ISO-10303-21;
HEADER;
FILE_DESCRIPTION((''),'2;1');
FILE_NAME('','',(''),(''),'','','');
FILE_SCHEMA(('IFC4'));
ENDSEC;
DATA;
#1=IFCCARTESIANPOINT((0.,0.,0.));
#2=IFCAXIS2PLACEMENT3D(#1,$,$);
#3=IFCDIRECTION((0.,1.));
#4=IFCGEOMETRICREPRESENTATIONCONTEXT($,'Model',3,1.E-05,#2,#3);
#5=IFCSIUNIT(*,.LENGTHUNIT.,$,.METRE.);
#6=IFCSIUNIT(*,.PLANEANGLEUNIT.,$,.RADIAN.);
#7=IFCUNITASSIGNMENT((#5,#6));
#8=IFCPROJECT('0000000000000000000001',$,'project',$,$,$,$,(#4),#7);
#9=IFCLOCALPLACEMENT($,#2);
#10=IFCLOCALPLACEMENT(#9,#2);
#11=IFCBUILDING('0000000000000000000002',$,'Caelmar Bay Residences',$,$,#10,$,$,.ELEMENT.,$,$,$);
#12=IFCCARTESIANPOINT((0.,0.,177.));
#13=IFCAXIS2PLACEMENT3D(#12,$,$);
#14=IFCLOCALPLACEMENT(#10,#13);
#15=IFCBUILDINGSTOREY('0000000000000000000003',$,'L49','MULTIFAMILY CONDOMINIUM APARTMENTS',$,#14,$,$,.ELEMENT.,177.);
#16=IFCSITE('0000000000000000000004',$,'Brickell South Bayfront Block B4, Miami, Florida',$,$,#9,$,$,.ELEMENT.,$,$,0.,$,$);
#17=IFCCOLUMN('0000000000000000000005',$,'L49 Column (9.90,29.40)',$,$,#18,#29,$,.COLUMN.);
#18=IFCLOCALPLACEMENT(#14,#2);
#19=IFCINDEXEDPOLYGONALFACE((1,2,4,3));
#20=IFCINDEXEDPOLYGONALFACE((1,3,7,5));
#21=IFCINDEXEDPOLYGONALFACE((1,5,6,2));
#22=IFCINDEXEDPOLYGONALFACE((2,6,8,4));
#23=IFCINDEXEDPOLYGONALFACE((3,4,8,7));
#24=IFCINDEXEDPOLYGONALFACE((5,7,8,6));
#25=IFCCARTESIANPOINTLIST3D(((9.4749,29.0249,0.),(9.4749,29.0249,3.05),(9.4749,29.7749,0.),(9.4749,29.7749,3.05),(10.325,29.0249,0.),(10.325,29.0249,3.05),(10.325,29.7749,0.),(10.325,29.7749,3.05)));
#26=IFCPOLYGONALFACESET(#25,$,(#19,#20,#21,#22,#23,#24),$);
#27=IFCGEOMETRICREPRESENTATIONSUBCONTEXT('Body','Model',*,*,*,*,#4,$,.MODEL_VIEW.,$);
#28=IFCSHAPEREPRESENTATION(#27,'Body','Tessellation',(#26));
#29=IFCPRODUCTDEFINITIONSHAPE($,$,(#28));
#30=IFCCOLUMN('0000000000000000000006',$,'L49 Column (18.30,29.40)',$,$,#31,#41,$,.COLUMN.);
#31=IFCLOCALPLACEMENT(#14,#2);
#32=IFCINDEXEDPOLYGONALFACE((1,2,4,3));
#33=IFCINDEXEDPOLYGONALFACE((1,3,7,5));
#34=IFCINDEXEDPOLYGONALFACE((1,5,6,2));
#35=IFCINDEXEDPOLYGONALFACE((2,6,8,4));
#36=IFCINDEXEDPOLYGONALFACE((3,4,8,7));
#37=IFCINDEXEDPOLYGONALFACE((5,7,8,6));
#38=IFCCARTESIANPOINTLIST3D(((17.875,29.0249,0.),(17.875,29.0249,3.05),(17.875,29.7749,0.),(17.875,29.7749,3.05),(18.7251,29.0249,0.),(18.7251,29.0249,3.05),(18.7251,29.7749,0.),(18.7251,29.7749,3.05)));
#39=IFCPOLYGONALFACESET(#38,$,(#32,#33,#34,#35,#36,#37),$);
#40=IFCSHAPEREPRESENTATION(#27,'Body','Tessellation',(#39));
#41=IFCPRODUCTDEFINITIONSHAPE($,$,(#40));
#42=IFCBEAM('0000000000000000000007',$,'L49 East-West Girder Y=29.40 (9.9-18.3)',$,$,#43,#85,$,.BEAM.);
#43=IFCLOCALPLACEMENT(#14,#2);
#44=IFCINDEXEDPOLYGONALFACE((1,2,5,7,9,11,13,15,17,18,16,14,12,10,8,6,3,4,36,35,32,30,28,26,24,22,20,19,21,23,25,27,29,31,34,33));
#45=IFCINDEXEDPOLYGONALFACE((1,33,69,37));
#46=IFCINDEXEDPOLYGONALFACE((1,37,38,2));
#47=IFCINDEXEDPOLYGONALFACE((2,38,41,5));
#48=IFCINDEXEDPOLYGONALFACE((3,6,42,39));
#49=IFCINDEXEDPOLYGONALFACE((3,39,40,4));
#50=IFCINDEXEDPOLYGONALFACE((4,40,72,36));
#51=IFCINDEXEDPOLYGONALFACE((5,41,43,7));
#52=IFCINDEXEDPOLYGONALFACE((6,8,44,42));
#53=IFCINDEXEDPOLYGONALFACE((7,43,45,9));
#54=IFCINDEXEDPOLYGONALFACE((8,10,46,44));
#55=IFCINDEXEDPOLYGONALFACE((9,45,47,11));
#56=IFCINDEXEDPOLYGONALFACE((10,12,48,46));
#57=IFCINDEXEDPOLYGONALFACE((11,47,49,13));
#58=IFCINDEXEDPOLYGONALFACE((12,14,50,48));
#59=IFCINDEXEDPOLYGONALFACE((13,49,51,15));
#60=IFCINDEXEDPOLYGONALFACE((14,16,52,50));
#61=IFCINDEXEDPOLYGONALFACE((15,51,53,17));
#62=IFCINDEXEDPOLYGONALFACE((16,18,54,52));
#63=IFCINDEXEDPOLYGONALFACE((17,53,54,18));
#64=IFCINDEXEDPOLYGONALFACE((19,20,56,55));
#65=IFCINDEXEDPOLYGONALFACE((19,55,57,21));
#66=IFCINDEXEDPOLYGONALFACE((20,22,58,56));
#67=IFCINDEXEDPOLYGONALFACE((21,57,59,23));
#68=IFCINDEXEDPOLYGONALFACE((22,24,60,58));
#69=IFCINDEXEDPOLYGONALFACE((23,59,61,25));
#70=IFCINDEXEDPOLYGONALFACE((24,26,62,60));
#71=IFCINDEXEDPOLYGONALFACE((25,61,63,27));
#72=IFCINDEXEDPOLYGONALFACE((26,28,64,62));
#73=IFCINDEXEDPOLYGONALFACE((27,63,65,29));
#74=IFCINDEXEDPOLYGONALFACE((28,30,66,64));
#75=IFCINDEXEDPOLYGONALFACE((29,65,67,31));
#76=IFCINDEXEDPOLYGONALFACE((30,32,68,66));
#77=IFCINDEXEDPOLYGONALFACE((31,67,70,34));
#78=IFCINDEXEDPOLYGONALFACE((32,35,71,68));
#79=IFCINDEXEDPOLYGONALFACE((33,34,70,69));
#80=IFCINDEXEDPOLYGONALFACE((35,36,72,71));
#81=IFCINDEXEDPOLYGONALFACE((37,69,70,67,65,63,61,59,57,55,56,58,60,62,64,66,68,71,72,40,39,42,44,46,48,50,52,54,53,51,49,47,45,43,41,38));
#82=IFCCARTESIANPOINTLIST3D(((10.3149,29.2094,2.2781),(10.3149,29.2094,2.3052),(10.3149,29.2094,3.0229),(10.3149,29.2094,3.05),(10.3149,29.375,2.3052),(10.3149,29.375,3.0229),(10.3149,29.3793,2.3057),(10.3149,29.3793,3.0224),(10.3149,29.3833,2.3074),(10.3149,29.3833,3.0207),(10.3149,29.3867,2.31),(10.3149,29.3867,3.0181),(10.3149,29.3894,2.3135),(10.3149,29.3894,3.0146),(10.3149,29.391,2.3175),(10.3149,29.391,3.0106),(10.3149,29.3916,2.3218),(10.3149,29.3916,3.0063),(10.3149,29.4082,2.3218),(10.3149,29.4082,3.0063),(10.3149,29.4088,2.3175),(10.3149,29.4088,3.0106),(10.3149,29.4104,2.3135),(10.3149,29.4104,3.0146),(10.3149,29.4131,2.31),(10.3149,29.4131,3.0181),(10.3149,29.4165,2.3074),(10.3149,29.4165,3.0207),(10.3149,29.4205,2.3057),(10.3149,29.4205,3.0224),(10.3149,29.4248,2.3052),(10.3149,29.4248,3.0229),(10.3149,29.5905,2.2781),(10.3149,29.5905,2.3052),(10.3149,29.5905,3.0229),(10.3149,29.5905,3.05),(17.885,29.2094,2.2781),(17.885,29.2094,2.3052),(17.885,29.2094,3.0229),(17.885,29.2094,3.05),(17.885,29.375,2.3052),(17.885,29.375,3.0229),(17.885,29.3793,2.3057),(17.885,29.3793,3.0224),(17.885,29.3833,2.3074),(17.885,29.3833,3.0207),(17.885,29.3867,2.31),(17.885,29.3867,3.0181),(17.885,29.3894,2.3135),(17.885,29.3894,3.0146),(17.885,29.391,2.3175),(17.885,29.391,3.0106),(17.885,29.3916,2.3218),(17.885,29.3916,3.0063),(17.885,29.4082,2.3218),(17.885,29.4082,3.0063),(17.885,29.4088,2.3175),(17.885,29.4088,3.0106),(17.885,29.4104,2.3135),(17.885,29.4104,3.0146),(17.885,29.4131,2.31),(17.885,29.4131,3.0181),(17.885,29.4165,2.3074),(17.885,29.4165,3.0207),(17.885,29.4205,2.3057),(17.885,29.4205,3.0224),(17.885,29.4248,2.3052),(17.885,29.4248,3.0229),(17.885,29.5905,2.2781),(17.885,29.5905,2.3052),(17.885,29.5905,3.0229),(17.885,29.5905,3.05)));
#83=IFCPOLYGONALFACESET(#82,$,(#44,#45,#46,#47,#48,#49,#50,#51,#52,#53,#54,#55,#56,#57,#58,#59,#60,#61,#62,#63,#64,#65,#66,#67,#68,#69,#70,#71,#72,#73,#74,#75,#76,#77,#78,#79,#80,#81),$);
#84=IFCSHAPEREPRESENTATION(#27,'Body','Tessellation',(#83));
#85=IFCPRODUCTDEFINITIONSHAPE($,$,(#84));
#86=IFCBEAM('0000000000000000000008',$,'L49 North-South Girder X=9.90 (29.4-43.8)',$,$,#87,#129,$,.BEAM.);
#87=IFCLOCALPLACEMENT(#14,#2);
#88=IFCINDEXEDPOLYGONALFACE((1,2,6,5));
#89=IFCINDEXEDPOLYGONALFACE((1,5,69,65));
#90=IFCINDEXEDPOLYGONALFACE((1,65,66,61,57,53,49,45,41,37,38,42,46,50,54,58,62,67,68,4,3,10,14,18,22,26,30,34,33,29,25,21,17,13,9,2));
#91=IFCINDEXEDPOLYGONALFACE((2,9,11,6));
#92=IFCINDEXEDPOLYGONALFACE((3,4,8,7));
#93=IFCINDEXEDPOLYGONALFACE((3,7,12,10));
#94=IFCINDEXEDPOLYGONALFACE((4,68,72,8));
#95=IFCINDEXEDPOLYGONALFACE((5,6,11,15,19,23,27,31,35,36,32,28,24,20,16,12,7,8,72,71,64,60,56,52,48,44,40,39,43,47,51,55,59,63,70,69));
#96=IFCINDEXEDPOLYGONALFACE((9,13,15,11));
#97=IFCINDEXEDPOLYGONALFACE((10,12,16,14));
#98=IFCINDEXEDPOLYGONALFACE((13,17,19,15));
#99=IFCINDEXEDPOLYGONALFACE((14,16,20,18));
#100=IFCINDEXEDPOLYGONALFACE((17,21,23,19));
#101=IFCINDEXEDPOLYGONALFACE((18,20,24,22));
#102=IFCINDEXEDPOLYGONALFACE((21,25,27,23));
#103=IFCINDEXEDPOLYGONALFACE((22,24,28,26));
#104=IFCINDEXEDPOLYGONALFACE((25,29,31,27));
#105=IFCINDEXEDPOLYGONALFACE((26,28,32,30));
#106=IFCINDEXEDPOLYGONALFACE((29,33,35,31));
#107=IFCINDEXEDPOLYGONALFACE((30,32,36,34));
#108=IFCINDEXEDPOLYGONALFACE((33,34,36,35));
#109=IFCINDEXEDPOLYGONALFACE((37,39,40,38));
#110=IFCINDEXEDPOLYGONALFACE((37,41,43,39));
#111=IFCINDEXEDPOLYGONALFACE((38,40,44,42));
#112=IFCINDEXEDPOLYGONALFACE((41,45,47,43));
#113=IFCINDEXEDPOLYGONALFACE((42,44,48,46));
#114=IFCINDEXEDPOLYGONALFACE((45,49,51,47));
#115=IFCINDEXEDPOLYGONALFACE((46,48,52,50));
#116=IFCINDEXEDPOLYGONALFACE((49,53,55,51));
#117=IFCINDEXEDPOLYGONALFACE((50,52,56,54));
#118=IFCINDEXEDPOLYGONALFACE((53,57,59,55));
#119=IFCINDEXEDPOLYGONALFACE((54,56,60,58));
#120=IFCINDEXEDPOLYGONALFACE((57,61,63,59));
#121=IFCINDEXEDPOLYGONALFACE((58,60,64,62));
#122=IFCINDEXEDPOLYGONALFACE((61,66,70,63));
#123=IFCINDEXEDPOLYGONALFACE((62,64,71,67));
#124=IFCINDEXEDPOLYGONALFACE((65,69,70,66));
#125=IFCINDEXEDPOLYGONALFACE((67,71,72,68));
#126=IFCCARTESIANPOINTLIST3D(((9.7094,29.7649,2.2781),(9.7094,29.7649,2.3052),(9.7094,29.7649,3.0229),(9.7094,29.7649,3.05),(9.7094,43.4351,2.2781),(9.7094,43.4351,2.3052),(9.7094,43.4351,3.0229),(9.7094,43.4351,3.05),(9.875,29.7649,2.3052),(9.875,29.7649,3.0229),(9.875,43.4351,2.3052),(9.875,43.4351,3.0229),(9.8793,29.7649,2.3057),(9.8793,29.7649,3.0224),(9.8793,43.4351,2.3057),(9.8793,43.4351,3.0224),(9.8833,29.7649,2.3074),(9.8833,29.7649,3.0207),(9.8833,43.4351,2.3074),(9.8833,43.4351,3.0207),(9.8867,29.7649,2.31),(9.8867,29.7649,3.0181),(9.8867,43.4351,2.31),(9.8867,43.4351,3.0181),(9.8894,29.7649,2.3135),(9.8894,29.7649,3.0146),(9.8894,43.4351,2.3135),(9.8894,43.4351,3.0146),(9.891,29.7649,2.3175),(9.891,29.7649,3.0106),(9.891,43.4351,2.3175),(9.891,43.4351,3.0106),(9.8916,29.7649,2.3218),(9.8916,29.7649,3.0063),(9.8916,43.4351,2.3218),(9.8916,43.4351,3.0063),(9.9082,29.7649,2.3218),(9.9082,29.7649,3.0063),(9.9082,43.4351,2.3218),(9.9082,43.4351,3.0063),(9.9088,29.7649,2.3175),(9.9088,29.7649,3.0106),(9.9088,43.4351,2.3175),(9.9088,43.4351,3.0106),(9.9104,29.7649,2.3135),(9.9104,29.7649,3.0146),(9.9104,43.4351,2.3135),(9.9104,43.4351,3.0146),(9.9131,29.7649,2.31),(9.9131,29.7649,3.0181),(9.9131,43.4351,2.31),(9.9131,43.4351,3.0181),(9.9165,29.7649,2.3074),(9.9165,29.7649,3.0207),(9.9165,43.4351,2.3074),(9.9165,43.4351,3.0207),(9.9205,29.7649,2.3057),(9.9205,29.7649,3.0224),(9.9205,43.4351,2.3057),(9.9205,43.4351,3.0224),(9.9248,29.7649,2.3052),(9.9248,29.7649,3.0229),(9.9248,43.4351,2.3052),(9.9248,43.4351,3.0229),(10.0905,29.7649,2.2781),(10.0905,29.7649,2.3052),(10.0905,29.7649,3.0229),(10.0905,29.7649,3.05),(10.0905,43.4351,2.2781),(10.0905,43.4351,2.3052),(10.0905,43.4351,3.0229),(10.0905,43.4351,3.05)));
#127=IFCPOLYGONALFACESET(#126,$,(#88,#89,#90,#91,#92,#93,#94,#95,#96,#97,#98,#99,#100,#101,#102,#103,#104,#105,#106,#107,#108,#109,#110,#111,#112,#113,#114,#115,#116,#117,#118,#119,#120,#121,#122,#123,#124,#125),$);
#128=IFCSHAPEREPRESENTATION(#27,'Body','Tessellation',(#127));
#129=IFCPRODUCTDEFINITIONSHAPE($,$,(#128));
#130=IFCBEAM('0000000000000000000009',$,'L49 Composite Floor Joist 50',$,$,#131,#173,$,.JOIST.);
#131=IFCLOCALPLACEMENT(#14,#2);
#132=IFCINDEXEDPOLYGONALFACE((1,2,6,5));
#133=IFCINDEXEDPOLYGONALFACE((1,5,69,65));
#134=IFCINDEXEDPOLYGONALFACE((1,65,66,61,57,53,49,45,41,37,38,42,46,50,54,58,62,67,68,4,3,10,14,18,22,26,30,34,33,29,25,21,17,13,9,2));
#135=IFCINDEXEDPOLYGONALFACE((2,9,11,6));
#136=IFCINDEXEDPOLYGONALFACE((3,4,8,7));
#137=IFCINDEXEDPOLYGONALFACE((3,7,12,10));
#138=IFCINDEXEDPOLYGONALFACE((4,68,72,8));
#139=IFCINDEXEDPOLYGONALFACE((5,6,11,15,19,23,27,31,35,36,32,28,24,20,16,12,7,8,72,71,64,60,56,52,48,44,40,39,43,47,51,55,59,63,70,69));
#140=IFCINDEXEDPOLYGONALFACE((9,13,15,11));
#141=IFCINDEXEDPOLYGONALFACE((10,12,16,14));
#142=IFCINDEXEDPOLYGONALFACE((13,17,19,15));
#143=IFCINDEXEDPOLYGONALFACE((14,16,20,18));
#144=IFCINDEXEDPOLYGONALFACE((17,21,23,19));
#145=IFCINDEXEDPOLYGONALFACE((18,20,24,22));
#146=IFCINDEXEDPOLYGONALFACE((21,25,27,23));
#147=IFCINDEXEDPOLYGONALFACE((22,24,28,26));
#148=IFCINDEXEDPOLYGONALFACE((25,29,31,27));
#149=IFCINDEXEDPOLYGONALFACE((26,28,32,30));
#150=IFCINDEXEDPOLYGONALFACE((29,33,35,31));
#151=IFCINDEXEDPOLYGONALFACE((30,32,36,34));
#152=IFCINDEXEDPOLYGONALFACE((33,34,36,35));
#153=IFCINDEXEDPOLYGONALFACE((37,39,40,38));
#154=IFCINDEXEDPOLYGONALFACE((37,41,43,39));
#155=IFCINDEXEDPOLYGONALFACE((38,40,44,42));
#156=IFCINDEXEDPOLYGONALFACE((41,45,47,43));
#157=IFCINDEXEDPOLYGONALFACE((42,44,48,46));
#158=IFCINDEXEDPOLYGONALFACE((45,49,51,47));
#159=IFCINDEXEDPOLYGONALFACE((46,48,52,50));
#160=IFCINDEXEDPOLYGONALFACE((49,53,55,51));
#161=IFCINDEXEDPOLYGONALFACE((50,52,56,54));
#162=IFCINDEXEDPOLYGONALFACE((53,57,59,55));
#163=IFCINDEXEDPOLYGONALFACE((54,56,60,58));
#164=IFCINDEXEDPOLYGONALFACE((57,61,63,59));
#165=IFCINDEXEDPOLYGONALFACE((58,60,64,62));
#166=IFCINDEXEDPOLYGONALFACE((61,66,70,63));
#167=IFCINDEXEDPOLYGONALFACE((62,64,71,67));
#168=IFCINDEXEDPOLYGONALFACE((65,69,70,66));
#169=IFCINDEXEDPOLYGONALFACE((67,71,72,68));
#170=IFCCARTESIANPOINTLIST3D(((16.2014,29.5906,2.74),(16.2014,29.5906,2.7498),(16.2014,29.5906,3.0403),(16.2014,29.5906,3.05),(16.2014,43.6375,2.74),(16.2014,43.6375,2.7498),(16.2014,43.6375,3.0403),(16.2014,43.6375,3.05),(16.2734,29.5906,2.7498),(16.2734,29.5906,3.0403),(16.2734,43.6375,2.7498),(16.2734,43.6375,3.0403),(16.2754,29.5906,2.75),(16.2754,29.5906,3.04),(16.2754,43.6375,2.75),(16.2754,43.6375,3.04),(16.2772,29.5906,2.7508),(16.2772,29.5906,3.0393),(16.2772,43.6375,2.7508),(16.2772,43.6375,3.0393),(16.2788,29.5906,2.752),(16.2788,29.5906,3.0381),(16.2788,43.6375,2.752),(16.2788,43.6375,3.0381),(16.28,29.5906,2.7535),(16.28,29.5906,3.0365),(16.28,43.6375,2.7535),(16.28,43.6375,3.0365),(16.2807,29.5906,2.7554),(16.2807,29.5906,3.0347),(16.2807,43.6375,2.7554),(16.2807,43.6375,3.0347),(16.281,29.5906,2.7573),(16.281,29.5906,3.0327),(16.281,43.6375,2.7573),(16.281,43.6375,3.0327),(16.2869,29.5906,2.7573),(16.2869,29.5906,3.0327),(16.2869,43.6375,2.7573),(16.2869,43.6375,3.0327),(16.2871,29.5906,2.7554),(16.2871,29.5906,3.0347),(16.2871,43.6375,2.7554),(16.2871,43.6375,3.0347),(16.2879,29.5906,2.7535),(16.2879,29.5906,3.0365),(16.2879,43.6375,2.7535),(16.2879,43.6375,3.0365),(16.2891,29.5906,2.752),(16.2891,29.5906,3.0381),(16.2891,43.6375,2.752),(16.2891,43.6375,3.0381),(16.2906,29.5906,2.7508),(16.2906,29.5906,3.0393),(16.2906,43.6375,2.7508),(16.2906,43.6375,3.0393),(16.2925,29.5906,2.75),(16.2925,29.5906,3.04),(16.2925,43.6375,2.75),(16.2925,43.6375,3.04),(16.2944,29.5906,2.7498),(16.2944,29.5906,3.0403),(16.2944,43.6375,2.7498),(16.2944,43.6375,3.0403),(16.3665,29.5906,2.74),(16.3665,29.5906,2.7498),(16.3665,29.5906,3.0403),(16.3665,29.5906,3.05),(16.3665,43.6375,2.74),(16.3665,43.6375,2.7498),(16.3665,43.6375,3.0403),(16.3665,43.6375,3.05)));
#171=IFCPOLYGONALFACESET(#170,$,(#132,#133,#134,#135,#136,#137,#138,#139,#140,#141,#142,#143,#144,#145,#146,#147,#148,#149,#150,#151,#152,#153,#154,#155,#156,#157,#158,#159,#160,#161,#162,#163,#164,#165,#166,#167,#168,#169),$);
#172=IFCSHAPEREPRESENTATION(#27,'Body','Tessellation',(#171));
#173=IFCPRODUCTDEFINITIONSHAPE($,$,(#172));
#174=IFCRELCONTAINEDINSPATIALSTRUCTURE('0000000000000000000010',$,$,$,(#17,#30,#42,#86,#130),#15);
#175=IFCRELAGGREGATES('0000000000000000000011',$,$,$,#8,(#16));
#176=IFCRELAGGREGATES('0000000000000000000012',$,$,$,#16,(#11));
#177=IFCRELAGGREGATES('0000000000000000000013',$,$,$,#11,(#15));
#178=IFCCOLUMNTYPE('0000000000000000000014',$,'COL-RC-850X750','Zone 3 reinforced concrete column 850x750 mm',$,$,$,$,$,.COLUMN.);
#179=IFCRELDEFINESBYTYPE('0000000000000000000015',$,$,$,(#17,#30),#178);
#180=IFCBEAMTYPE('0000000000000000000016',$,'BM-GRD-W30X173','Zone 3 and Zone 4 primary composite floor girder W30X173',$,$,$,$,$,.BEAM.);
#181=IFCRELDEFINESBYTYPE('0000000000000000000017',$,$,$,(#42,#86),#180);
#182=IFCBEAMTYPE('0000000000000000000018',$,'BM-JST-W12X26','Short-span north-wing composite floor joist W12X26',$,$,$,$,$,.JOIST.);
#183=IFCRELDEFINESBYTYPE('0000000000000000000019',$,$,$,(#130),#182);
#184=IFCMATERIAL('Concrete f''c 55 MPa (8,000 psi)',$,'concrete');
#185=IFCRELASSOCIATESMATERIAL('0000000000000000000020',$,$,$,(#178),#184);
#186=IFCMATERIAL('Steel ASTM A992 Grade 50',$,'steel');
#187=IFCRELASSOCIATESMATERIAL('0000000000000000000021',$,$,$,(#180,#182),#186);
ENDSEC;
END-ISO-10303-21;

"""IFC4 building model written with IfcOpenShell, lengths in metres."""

from ifc_helpers import new_model, si_unit, direction, frame, origin, origin_2d, place, context, subcontext, project, spatial, rectangle, i_section, extrude, material, material_profile, profile_set, type_object, element, save


model = new_model("IFC4")

# Units and contexts
model_context = context("Model", 3, precision=1e-05, world=origin(), true_north=direction((0.0, 1.0)))
body_context = subcontext(model_context, "Body", "Model", "MODEL_VIEW")
ifc_project = project(units=[si_unit("LENGTHUNIT", "METRE"), si_unit("PLANEANGLEUNIT", "RADIAN")], contexts=[model_context])

# Site, building, storey
site_placement = place(None, origin())
site = spatial("IfcSite", under=ifc_project, at=site_placement, Name="Brickell South Bayfront Block B4, Miami, Florida", CompositionType="ELEMENT", RefElevation=0.0)
building_placement = place(site_placement, origin())
building = spatial("IfcBuilding", under=site, at=building_placement, Name="Caelmar Bay Residences", CompositionType="ELEMENT")
storey_placement = place(building_placement, frame((0.0, 0.0, 177.0)))
storey = spatial("IfcBuildingStorey", under=building, at=storey_placement, Name="L49", Description="MULTIFAMILY CONDOMINIUM APARTMENTS", CompositionType="ELEMENT", Elevation=177.0)

# Columns
ifc_material_1 = material(Name="Concrete f'c 55 MPa (8,000 psi)", Category="concrete")
ifc_material_profile_1 = material_profile(ifc_material_1, rectangle(XDim=0.8501, YDim=0.75, at=origin_2d()), Name="RC-COL-850X750")
ifc_profile_set_1 = profile_set([ifc_material_profile_1], Name="Concrete f'c 55 MPa (8,000 psi)")
column_type = type_object("IfcColumnType", Name="COL-RC-850X750", Description="Zone 3 reinforced concrete column 850x750 mm", PredefinedType="COLUMN", material=ifc_profile_set_1)
for number, where, z_axis, x_axis, name in (
    (1, (9.8999, 29.3999, 0.0), (0.0, 0.0, 1.0), (1.0, 0.0, 0.0), "L49 Column (9.90,29.40)"),
    (2, (18.3, 29.3999, 0.0), (0.0, 0.0, 1.0), (1.0, 0.0, 0.0), "L49 Column (18.30,29.40)"),
):
    element("IfcColumn", number, at=place(storey_placement, frame(where, z_axis=z_axis, x_axis=x_axis)), inside=storey, type_object=column_type, Name=name, PredefinedType="COLUMN", context=body_context, shape_type="SweptSolid", body=[
        extrude(rectangle(XDim=0.8501, YDim=0.75, at=origin_2d()), origin(), (0.0, 0.0, 1.0), 3.05),
    ])

# Beams
ifc_material_2 = material(Name="Steel ASTM A992 Grade 50", Category="steel")
ifc_material_profile_2 = material_profile(ifc_material_2, i_section(OverallWidth=0.3811, OverallDepth=0.772, WebThickness=0.0166, FlangeThickness=0.0271, FilletRadius=0.0166, at=origin_2d()), Name="W30X173")
ifc_profile_set_2 = profile_set([ifc_material_profile_2], Name="Steel ASTM A992 Grade 50")
beam_type_1 = type_object("IfcBeamType", Name="BM-GRD-W30X173", Description="Zone 3 and Zone 4 primary composite floor girder W30X173", PredefinedType="BEAM", material=ifc_profile_set_2)
beam_1_placement = place(storey_placement, frame((10.3149, 29.3999, 2.6641), z_axis=(1.0, 0.0, 0.0), x_axis=(0.0, 1.0, 0.0)))
element("IfcBeam", 3, at=beam_1_placement, inside=storey, type_object=beam_type_1, Name="L49 East-West Girder Y=29.40 (9.9-18.3)", PredefinedType="BEAM", context=body_context, shape_type="SweptSolid", body=[
    extrude(i_section(OverallWidth=0.3811, OverallDepth=0.772, WebThickness=0.0166, FlangeThickness=0.0271, FilletRadius=0.0166, at=origin_2d()), origin(), (0.0, 0.0, 1.0), 7.5701),
])
beam_2_placement = place(storey_placement, frame((9.8999, 29.7649, 2.6641), z_axis=(0.0, 1.0, 0.0), x_axis=(-1.0, 0.0, 0.0)))
element("IfcBeam", 4, at=beam_2_placement, inside=storey, type_object=beam_type_1, Name="L49 North-South Girder X=9.90 (29.4-43.8)", PredefinedType="BEAM", context=body_context, shape_type="SweptSolid", body=[
    extrude(i_section(OverallWidth=0.3811, OverallDepth=0.772, WebThickness=0.0166, FlangeThickness=0.0271, FilletRadius=0.0166, at=origin_2d()), origin(), (0.0, 0.0, 1.0), 13.6702),
])
ifc_material_profile_3 = material_profile(ifc_material_2, i_section(OverallWidth=0.165, OverallDepth=0.3101, WebThickness=0.0059, FlangeThickness=0.0098, FilletRadius=0.0076, at=origin_2d()), Name="W12X26")
ifc_profile_set_3 = profile_set([ifc_material_profile_3], Name="Steel ASTM A992 Grade 50")
beam_type_2 = type_object("IfcBeamType", Name="BM-JST-W12X26", Description="Short-span north-wing composite floor joist W12X26", PredefinedType="JOIST", material=ifc_profile_set_3)
beam_3_placement = place(storey_placement, frame((16.2839, 29.5906, 2.895), z_axis=(0.0, 1.0, 0.0), x_axis=(-1.0, 0.0, 0.0)))
element("IfcBeam", 5, at=beam_3_placement, inside=storey, type_object=beam_type_2, Name="L49 Composite Floor Joist 50", PredefinedType="JOIST", context=body_context, shape_type="SweptSolid", body=[
    extrude(i_section(OverallWidth=0.165, OverallDepth=0.3101, WebThickness=0.0059, FlangeThickness=0.0098, FilletRadius=0.0076, at=origin_2d()), origin(), (0.0, 0.0, 1.0), 14.0469),
])

save(model, "model.ifc")
